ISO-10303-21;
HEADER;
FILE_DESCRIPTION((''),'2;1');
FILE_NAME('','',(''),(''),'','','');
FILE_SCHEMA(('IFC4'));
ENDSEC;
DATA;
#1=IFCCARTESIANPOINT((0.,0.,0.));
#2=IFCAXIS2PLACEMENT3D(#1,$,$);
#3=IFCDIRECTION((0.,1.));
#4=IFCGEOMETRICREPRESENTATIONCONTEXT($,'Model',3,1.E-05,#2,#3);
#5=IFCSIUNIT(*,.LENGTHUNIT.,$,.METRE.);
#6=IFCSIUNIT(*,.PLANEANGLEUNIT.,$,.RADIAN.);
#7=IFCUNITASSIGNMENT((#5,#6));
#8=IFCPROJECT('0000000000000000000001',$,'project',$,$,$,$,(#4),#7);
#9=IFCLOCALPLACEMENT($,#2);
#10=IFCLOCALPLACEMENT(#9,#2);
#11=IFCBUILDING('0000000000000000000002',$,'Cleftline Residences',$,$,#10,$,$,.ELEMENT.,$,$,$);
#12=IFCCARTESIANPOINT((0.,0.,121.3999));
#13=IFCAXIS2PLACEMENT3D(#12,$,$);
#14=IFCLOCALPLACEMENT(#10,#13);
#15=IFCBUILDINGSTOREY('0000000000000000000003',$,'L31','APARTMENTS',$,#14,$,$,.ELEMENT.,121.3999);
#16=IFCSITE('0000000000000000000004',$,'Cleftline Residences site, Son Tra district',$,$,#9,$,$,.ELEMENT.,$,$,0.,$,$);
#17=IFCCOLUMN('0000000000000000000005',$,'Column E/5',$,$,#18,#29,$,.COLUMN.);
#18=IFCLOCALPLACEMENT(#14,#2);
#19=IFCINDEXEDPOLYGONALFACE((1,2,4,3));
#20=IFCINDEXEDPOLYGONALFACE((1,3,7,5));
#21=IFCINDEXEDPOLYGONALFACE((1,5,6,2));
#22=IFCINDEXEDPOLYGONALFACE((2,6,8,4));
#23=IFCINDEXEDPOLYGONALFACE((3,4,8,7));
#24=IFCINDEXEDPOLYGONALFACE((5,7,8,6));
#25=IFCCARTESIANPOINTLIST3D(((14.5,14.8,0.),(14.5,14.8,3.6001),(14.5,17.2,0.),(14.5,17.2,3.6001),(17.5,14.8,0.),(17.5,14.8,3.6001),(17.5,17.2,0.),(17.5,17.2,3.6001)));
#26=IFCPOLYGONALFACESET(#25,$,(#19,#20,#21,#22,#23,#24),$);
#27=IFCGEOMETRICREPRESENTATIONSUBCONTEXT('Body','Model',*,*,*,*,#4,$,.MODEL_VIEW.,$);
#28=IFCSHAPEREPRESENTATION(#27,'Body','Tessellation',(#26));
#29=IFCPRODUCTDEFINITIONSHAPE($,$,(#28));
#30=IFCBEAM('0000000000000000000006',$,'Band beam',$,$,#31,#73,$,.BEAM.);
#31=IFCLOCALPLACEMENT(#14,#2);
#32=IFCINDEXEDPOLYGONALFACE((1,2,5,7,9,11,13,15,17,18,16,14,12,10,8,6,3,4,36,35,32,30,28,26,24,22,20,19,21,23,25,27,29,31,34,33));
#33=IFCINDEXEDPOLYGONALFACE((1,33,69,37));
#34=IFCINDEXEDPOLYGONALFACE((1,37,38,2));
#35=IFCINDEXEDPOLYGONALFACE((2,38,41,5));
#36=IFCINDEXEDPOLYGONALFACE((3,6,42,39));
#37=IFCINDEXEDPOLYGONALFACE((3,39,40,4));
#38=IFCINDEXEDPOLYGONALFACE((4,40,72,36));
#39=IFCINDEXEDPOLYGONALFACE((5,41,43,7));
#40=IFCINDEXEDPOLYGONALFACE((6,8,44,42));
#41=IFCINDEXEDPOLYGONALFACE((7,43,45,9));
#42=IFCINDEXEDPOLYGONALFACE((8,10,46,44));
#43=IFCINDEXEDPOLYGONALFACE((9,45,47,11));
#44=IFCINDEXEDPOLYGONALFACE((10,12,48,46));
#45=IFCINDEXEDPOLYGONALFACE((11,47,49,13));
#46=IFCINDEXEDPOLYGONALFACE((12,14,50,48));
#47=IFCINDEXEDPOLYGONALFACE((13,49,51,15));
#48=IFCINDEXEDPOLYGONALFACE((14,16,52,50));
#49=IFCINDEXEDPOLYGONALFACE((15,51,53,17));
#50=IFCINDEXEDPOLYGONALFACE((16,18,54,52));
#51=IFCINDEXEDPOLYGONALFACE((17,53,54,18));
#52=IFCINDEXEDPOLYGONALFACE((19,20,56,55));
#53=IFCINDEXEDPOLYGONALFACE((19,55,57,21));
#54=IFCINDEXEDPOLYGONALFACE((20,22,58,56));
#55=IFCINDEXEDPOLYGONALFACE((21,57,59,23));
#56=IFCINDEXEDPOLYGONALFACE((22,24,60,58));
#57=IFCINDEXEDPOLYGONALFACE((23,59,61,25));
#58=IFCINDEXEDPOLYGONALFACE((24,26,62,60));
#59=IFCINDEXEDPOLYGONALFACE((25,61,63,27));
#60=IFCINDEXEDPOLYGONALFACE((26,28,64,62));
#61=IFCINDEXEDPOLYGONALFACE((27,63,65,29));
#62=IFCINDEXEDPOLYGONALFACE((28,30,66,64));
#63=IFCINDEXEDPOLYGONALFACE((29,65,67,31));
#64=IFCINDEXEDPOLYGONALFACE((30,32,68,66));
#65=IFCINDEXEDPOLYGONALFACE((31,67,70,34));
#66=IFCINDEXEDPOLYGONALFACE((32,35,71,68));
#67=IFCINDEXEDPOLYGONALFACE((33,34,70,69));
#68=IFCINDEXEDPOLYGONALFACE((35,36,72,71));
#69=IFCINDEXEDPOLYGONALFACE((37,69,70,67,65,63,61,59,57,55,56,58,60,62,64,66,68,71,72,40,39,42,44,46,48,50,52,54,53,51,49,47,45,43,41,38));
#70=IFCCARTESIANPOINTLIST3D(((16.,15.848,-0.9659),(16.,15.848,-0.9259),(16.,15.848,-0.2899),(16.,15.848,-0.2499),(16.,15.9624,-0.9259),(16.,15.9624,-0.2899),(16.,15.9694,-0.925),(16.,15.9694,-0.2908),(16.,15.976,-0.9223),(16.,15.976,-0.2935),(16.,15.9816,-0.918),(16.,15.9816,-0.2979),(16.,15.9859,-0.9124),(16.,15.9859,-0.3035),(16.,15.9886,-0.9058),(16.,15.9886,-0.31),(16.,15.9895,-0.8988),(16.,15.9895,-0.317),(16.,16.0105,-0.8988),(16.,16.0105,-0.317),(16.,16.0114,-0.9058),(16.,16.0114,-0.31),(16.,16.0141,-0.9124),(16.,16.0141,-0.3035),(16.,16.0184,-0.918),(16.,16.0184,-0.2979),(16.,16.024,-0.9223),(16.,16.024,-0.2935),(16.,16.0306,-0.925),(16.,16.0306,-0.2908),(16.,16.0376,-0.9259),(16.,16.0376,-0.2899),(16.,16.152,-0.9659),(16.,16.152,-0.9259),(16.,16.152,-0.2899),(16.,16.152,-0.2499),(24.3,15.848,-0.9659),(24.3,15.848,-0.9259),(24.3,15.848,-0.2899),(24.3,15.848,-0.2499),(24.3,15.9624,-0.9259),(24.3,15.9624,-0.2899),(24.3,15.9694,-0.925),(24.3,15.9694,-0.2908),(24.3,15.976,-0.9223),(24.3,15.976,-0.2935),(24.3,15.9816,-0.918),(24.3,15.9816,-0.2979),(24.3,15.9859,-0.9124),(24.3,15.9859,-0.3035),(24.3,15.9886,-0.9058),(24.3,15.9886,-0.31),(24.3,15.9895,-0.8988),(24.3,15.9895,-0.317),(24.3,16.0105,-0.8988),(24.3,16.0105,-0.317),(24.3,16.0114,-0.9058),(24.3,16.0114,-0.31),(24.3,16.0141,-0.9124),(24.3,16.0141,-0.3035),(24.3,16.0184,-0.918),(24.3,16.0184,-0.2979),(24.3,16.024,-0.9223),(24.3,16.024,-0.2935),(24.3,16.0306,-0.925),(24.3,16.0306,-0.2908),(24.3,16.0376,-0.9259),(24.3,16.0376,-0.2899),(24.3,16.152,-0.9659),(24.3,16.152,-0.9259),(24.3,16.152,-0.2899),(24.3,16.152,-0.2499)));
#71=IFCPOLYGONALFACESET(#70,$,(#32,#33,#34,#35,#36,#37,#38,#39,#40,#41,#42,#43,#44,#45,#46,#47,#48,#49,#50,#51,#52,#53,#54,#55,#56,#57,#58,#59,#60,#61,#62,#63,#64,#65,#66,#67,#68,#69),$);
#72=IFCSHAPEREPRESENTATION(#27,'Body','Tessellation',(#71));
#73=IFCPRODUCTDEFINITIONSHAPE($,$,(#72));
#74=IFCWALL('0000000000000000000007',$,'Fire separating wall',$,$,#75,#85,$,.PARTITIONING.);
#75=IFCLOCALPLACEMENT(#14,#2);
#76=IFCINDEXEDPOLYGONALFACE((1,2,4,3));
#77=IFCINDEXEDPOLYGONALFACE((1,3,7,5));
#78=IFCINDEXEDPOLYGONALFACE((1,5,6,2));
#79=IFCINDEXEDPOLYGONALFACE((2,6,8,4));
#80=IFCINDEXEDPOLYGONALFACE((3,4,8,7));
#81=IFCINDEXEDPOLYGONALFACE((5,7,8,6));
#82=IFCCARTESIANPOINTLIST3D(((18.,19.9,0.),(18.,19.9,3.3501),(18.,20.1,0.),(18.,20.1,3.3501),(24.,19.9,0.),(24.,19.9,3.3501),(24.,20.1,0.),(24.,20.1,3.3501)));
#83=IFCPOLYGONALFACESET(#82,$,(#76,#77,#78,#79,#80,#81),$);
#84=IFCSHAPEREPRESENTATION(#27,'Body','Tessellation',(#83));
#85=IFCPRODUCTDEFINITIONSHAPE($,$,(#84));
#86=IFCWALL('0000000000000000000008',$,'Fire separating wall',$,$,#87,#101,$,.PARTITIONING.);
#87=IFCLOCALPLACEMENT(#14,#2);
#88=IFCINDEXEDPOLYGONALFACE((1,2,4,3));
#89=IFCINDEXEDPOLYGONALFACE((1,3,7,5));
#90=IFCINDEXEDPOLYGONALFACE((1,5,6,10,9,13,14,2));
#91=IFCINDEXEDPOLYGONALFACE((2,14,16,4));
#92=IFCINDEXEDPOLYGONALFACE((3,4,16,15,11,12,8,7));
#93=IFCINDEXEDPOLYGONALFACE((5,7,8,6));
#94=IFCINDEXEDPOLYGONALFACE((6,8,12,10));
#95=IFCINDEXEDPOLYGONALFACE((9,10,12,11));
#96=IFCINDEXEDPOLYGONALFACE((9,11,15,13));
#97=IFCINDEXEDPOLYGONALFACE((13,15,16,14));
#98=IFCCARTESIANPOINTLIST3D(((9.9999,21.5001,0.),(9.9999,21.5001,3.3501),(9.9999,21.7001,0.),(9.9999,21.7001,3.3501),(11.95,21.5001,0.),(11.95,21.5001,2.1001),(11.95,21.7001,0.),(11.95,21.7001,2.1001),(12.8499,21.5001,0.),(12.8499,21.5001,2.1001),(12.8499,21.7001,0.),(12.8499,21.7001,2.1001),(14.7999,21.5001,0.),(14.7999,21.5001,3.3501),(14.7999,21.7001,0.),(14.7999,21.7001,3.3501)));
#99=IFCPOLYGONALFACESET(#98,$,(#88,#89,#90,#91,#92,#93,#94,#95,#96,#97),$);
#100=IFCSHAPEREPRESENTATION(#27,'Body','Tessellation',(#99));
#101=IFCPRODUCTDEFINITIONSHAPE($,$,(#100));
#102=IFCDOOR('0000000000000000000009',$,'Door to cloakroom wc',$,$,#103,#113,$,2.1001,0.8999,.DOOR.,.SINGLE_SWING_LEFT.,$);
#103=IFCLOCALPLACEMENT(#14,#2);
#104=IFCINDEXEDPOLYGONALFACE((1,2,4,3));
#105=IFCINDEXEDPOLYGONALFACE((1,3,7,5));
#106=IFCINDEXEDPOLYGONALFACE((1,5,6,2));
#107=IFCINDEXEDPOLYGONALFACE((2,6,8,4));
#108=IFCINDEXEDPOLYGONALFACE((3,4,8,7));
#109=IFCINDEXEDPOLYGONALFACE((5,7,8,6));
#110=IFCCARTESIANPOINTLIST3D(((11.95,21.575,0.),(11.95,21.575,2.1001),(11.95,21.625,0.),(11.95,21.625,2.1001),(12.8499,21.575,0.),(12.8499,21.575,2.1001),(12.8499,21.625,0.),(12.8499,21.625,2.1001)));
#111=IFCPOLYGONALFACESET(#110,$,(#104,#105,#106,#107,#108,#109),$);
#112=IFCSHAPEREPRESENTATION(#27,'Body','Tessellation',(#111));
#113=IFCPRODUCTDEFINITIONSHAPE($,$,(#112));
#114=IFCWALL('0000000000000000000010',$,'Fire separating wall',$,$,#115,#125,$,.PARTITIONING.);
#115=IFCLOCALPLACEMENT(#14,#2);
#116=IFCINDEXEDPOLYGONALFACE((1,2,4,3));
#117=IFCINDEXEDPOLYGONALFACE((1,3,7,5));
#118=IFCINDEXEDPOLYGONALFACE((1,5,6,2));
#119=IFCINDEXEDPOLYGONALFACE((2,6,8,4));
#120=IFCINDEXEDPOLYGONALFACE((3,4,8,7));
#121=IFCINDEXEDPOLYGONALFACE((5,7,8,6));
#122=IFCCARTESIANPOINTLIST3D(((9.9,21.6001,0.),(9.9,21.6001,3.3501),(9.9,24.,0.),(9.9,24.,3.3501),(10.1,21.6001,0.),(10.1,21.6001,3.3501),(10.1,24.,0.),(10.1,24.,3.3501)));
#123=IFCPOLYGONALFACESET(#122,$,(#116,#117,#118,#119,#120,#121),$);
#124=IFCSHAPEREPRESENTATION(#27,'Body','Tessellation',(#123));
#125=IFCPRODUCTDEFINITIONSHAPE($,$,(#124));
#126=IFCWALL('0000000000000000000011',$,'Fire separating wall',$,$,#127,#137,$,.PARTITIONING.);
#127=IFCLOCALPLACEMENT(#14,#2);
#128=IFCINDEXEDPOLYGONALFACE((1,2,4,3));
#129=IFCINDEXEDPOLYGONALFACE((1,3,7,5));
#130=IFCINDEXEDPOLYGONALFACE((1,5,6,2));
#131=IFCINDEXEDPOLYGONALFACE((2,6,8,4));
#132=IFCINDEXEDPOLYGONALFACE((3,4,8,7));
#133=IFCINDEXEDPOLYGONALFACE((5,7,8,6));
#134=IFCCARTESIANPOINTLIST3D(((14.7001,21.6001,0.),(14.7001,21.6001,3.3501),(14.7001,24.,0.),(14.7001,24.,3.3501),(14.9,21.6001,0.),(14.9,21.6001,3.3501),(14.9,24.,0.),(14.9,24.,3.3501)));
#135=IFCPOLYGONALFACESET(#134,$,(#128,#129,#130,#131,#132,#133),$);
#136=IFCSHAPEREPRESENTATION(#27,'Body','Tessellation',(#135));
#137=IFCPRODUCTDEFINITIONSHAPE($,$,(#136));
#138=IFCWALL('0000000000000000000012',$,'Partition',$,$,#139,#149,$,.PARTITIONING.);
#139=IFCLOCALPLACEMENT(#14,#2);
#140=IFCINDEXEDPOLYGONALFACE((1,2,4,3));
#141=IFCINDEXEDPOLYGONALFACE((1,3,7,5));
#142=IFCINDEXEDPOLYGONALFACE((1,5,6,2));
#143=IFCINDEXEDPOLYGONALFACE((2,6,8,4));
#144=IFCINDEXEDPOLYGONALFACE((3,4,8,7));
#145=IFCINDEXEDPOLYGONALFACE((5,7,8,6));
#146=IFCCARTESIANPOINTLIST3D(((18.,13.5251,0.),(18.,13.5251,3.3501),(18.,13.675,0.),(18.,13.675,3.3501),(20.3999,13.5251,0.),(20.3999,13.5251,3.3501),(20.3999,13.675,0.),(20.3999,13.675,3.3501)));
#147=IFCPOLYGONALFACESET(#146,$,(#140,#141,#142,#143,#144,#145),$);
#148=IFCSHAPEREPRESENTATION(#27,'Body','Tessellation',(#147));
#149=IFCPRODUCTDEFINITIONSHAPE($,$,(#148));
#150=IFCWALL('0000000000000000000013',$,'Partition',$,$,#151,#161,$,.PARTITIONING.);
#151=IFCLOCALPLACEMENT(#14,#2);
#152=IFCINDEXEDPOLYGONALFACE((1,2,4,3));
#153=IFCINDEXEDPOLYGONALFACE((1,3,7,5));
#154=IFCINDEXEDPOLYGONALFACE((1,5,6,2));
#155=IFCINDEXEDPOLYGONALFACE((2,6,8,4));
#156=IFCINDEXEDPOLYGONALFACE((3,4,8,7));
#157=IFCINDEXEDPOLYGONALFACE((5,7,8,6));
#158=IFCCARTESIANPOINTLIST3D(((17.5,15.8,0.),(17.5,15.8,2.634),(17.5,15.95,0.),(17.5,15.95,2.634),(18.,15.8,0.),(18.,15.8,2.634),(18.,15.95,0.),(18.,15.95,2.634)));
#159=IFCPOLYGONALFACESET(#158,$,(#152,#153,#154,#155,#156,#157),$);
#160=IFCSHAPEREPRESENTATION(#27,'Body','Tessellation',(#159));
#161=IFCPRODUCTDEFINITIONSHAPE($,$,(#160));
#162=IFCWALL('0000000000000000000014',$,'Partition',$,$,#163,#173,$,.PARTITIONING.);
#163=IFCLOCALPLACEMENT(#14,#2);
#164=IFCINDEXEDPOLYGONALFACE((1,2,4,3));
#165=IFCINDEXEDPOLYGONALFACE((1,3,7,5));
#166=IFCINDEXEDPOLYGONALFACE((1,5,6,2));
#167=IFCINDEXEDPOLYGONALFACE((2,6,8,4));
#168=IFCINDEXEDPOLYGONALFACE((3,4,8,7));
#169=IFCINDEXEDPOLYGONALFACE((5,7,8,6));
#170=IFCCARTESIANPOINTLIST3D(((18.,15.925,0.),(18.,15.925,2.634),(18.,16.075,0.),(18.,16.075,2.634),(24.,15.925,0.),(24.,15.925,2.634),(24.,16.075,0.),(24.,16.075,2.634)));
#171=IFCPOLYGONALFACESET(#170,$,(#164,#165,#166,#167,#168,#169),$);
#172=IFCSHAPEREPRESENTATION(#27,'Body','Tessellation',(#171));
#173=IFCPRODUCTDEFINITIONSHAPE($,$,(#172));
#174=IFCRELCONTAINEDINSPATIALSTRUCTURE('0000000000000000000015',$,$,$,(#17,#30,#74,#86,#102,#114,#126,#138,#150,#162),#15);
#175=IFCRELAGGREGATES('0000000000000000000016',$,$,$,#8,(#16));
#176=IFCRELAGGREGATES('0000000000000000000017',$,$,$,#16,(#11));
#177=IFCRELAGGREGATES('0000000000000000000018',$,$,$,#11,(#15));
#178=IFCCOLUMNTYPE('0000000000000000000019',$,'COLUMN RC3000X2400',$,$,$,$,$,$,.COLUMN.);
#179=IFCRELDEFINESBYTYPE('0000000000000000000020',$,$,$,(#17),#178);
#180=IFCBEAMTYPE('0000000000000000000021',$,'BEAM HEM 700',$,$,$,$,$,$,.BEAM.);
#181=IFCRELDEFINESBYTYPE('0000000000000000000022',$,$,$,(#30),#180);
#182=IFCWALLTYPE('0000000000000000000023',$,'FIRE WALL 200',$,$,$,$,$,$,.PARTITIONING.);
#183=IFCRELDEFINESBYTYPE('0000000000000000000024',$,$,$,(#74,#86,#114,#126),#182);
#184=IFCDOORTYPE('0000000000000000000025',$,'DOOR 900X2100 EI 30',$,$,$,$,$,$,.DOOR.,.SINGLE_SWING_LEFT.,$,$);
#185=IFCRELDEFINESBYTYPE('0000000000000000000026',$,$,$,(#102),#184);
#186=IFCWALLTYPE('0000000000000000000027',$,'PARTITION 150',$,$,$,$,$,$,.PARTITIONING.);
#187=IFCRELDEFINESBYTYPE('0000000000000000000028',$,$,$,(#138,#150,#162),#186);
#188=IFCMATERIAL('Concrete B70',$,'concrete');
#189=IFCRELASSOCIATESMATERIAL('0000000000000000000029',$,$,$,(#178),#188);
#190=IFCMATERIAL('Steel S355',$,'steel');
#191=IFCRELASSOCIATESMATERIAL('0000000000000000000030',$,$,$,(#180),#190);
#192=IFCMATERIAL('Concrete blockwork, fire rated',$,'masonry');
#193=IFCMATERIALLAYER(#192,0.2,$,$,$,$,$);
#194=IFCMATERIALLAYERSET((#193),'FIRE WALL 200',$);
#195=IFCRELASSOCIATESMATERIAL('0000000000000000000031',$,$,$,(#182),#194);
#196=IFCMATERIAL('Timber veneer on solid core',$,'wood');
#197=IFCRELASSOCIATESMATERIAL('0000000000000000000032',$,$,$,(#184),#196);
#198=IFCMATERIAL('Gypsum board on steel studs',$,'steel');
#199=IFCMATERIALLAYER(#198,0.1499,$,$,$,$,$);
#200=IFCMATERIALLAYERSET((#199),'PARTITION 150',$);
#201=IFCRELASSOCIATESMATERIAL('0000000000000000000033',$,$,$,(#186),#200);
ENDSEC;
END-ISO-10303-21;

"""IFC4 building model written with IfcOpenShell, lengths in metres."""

from ifc_helpers import new_model, si_unit, direction, frame, frame_2d, origin, origin_2d, place, context, subcontext, project, spatial, rectangle, i_section, extrude, material, layer, layer_set, material_profile, profile_set, type_object, element, fill, save


model = new_model("IFC4")

# Units and contexts
model_context = context("Model", 3, precision=1e-05, world=origin(), true_north=direction((0.0, 1.0)))
body_context = subcontext(model_context, "Body", "Model", "MODEL_VIEW")
ifc_project = project(units=[si_unit("LENGTHUNIT", "METRE"), si_unit("PLANEANGLEUNIT", "RADIAN")], contexts=[model_context])

# Site, building, storey
site_placement = place(None, origin())
site = spatial("IfcSite", under=ifc_project, at=site_placement, Name="Cleftline Residences site, Son Tra district", CompositionType="ELEMENT", RefElevation=0.0)
building_placement = place(site_placement, origin())
building = spatial("IfcBuilding", under=site, at=building_placement, Name="Cleftline Residences", CompositionType="ELEMENT")
storey_placement = place(building_placement, frame((0.0, 0.0, 121.3999)))
storey = spatial("IfcBuildingStorey", under=building, at=storey_placement, Name="L31", Description="APARTMENTS", CompositionType="ELEMENT", Elevation=121.3999)

# Column
ifc_material_1 = material(Name="Concrete B70", Category="concrete")
ifc_material_profile_1 = material_profile(ifc_material_1, rectangle(XDim=3.0, YDim=2.3999, at=origin_2d()))
ifc_profile_set_1 = profile_set([ifc_material_profile_1], Name="Concrete B70")
column_type = type_object("IfcColumnType", Name="COLUMN RC3000X2400", PredefinedType="COLUMN", material=ifc_profile_set_1)
column_placement = place(storey_placement, frame((16.0, 16.0, 0.0), z_axis=(0.0, 0.0, 1.0), x_axis=(1.0, 0.0, 0.0)))
element("IfcColumn", 1, at=column_placement, inside=storey, type_object=column_type, Name="Column E/5", PredefinedType="COLUMN", context=body_context, shape_type="SweptSolid", body=[
    extrude(rectangle(XDim=3.0, YDim=2.3999, at=origin_2d()), origin(), (0.0, 0.0, 1.0), 3.6001),
])

# Beam
ifc_material_2 = material(Name="Steel S355", Category="steel")
ifc_material_profile_2 = material_profile(ifc_material_2, i_section(OverallWidth=0.304, OverallDepth=0.7161, WebThickness=0.021, FlangeThickness=0.04, FilletRadius=0.0271, at=origin_2d()))
ifc_profile_set_2 = profile_set([ifc_material_profile_2], Name="Steel S355")
beam_type = type_object("IfcBeamType", Name="BEAM HEM 700", PredefinedType="BEAM", material=ifc_profile_set_2)
beam_placement = place(storey_placement, frame((16.0, 16.0, -0.6079), z_axis=(1.0, 0.0, 0.0), x_axis=(0.0, 1.0, 0.0)))
element("IfcBeam", 2, at=beam_placement, inside=storey, type_object=beam_type, Name="Band beam", PredefinedType="BEAM", context=body_context, shape_type="SweptSolid", body=[
    extrude(i_section(OverallWidth=0.304, OverallDepth=0.7161, WebThickness=0.021, FlangeThickness=0.04, FilletRadius=0.0271, at=origin_2d()), origin(), (0.0, 0.0, 1.0), 8.3),
])

# Wall
ifc_material_3 = material(Name="Concrete blockwork, fire rated", Category="masonry")
ifc_layer_1 = layer(ifc_material_3, 0.2)
ifc_layer_set_1 = layer_set([ifc_layer_1], Name="FIRE WALL 200")
wall_type_1 = type_object("IfcWallType", Name="FIRE WALL 200", PredefinedType="PARTITIONING", material=ifc_layer_set_1)
wall_1_placement = place(storey_placement, frame((18.0, 20.0, 0.0), z_axis=(0.0, 0.0, 1.0), x_axis=(1.0, 0.0, 0.0)))
element("IfcWall", 3, at=wall_1_placement, inside=storey, type_object=wall_type_1, Name="Fire separating wall", PredefinedType="PARTITIONING", context=body_context, shape_type="SweptSolid", body=[
    extrude(rectangle(XDim=6.0, YDim=0.2, at=frame_2d((3.0, 0.0))), origin(), (0.0, 0.0, 1.0), 3.3501),
])

# Wall, opening, door
wall_2_placement = place(storey_placement, frame((10.0, 21.6001, 0.0), z_axis=(0.0, 0.0, 1.0), x_axis=(1.0, 0.0, 0.0)))
wall_2 = element("IfcWall", 4, at=wall_2_placement, inside=storey, type_object=wall_type_1, Name="Fire separating wall", PredefinedType="PARTITIONING", context=body_context, shape_type="SweptSolid", body=[
    extrude(rectangle(XDim=4.8, YDim=0.2, at=frame_2d((2.3999, 0.0))), origin(), (0.0, 0.0, 1.0), 3.3501),
])
opening_1_placement = place(wall_2_placement, frame((1.95, 0.0, 0.0)))
opening_1 = element("IfcOpeningElement", 5, at=opening_1_placement, cuts=wall_2, PredefinedType="OPENING", context=body_context, shape_type="SweptSolid", body=[
    extrude(rectangle(XDim=0.8999, YDim=2.1001, at=frame_2d((0.45, 1.05))), frame((0.0, 0.1099, 0.0), z_axis=(0.0, -1.0, 0.0), x_axis=(1.0, 0.0, 0.0)), (0.0, 0.0, 1.0), 0.22),
])
ifc_material_4 = material(Name="Timber veneer on solid core", Category="wood")
door_type_1 = type_object("IfcDoorType", Name="DOOR 900X2100 EI 30", OperationType="SINGLE_SWING_LEFT", PredefinedType="DOOR", material=ifc_material_4)
door_1_placement = place(opening_1_placement, origin())
door_1 = element("IfcDoor", 6, at=door_1_placement, inside=storey, type_object=door_type_1, Name="Door to cloakroom wc", OperationType="SINGLE_SWING_LEFT", OverallHeight=2.1001, OverallWidth=0.8999, PredefinedType="DOOR", context=body_context, shape_type="SweptSolid", body=[
    extrude(rectangle(XDim=0.8999, YDim=2.1001, at=frame_2d((0.45, 1.05))), frame((0.0, 0.0249, 0.0), z_axis=(0.0, -1.0, 0.0), x_axis=(1.0, 0.0, 0.0)), (0.0, 0.0, 1.0), 0.05),
])
fill(opening_1, door_1)

# Walls
for number, where, z_axis, x_axis, name in (
    (7, (10.0, 21.6001, 0.0), (0.0, 0.0, 1.0), (0.0, 1.0, 0.0), "Fire separating wall"),
    (8, (14.8, 21.6001, 0.0), (0.0, 0.0, 1.0), (0.0, 1.0, 0.0), "Fire separating wall"),
):
    element("IfcWall", number, at=place(storey_placement, frame(where, z_axis=z_axis, x_axis=x_axis)), inside=storey, type_object=wall_type_1, Name=name, PredefinedType="PARTITIONING", context=body_context, shape_type="SweptSolid", body=[
        extrude(rectangle(XDim=2.3999, YDim=0.2, at=frame_2d((1.2, 0.0))), origin(), (0.0, 0.0, 1.0), 3.3501),
    ])

# Walls
ifc_material_5 = material(Name="Gypsum board on steel studs", Category="steel")
ifc_layer_2 = layer(ifc_material_5, 0.1499)
ifc_layer_set_2 = layer_set([ifc_layer_2], Name="PARTITION 150")
wall_type_2 = type_object("IfcWallType", Name="PARTITION 150", PredefinedType="PARTITIONING", material=ifc_layer_set_2)
wall_3_placement = place(storey_placement, frame((18.0, 13.6001, 0.0), z_axis=(0.0, 0.0, 1.0), x_axis=(1.0, 0.0, 0.0)))
element("IfcWall", 9, at=wall_3_placement, inside=storey, type_object=wall_type_2, Name="Partition", PredefinedType="PARTITIONING", context=body_context, shape_type="SweptSolid", body=[
    extrude(rectangle(XDim=2.3999, YDim=0.1499, at=frame_2d((1.2, 0.0))), origin(), (0.0, 0.0, 1.0), 3.3501),
])
wall_4_placement = place(storey_placement, frame((17.5, 15.875, 0.0), z_axis=(0.0, 0.0, 1.0), x_axis=(1.0, 0.0, 0.0)))
element("IfcWall", 10, at=wall_4_placement, inside=storey, type_object=wall_type_2, Name="Partition", PredefinedType="PARTITIONING", context=body_context, shape_type="SweptSolid", body=[
    extrude(rectangle(XDim=0.5, YDim=0.1499, at=frame_2d((0.25, 0.0))), origin(), (0.0, 0.0, 1.0), 2.634),
])
wall_5_placement = place(storey_placement, frame((18.0, 16.0, 0.0), z_axis=(0.0, 0.0, 1.0), x_axis=(1.0, 0.0, 0.0)))
element("IfcWall", 11, at=wall_5_placement, inside=storey, type_object=wall_type_2, Name="Partition", PredefinedType="PARTITIONING", context=body_context, shape_type="SweptSolid", body=[
    extrude(rectangle(XDim=6.0, YDim=0.1499, at=frame_2d((3.0, 0.0))), origin(), (0.0, 0.0, 1.0), 2.634),
])

save(model, "model.ifc")
